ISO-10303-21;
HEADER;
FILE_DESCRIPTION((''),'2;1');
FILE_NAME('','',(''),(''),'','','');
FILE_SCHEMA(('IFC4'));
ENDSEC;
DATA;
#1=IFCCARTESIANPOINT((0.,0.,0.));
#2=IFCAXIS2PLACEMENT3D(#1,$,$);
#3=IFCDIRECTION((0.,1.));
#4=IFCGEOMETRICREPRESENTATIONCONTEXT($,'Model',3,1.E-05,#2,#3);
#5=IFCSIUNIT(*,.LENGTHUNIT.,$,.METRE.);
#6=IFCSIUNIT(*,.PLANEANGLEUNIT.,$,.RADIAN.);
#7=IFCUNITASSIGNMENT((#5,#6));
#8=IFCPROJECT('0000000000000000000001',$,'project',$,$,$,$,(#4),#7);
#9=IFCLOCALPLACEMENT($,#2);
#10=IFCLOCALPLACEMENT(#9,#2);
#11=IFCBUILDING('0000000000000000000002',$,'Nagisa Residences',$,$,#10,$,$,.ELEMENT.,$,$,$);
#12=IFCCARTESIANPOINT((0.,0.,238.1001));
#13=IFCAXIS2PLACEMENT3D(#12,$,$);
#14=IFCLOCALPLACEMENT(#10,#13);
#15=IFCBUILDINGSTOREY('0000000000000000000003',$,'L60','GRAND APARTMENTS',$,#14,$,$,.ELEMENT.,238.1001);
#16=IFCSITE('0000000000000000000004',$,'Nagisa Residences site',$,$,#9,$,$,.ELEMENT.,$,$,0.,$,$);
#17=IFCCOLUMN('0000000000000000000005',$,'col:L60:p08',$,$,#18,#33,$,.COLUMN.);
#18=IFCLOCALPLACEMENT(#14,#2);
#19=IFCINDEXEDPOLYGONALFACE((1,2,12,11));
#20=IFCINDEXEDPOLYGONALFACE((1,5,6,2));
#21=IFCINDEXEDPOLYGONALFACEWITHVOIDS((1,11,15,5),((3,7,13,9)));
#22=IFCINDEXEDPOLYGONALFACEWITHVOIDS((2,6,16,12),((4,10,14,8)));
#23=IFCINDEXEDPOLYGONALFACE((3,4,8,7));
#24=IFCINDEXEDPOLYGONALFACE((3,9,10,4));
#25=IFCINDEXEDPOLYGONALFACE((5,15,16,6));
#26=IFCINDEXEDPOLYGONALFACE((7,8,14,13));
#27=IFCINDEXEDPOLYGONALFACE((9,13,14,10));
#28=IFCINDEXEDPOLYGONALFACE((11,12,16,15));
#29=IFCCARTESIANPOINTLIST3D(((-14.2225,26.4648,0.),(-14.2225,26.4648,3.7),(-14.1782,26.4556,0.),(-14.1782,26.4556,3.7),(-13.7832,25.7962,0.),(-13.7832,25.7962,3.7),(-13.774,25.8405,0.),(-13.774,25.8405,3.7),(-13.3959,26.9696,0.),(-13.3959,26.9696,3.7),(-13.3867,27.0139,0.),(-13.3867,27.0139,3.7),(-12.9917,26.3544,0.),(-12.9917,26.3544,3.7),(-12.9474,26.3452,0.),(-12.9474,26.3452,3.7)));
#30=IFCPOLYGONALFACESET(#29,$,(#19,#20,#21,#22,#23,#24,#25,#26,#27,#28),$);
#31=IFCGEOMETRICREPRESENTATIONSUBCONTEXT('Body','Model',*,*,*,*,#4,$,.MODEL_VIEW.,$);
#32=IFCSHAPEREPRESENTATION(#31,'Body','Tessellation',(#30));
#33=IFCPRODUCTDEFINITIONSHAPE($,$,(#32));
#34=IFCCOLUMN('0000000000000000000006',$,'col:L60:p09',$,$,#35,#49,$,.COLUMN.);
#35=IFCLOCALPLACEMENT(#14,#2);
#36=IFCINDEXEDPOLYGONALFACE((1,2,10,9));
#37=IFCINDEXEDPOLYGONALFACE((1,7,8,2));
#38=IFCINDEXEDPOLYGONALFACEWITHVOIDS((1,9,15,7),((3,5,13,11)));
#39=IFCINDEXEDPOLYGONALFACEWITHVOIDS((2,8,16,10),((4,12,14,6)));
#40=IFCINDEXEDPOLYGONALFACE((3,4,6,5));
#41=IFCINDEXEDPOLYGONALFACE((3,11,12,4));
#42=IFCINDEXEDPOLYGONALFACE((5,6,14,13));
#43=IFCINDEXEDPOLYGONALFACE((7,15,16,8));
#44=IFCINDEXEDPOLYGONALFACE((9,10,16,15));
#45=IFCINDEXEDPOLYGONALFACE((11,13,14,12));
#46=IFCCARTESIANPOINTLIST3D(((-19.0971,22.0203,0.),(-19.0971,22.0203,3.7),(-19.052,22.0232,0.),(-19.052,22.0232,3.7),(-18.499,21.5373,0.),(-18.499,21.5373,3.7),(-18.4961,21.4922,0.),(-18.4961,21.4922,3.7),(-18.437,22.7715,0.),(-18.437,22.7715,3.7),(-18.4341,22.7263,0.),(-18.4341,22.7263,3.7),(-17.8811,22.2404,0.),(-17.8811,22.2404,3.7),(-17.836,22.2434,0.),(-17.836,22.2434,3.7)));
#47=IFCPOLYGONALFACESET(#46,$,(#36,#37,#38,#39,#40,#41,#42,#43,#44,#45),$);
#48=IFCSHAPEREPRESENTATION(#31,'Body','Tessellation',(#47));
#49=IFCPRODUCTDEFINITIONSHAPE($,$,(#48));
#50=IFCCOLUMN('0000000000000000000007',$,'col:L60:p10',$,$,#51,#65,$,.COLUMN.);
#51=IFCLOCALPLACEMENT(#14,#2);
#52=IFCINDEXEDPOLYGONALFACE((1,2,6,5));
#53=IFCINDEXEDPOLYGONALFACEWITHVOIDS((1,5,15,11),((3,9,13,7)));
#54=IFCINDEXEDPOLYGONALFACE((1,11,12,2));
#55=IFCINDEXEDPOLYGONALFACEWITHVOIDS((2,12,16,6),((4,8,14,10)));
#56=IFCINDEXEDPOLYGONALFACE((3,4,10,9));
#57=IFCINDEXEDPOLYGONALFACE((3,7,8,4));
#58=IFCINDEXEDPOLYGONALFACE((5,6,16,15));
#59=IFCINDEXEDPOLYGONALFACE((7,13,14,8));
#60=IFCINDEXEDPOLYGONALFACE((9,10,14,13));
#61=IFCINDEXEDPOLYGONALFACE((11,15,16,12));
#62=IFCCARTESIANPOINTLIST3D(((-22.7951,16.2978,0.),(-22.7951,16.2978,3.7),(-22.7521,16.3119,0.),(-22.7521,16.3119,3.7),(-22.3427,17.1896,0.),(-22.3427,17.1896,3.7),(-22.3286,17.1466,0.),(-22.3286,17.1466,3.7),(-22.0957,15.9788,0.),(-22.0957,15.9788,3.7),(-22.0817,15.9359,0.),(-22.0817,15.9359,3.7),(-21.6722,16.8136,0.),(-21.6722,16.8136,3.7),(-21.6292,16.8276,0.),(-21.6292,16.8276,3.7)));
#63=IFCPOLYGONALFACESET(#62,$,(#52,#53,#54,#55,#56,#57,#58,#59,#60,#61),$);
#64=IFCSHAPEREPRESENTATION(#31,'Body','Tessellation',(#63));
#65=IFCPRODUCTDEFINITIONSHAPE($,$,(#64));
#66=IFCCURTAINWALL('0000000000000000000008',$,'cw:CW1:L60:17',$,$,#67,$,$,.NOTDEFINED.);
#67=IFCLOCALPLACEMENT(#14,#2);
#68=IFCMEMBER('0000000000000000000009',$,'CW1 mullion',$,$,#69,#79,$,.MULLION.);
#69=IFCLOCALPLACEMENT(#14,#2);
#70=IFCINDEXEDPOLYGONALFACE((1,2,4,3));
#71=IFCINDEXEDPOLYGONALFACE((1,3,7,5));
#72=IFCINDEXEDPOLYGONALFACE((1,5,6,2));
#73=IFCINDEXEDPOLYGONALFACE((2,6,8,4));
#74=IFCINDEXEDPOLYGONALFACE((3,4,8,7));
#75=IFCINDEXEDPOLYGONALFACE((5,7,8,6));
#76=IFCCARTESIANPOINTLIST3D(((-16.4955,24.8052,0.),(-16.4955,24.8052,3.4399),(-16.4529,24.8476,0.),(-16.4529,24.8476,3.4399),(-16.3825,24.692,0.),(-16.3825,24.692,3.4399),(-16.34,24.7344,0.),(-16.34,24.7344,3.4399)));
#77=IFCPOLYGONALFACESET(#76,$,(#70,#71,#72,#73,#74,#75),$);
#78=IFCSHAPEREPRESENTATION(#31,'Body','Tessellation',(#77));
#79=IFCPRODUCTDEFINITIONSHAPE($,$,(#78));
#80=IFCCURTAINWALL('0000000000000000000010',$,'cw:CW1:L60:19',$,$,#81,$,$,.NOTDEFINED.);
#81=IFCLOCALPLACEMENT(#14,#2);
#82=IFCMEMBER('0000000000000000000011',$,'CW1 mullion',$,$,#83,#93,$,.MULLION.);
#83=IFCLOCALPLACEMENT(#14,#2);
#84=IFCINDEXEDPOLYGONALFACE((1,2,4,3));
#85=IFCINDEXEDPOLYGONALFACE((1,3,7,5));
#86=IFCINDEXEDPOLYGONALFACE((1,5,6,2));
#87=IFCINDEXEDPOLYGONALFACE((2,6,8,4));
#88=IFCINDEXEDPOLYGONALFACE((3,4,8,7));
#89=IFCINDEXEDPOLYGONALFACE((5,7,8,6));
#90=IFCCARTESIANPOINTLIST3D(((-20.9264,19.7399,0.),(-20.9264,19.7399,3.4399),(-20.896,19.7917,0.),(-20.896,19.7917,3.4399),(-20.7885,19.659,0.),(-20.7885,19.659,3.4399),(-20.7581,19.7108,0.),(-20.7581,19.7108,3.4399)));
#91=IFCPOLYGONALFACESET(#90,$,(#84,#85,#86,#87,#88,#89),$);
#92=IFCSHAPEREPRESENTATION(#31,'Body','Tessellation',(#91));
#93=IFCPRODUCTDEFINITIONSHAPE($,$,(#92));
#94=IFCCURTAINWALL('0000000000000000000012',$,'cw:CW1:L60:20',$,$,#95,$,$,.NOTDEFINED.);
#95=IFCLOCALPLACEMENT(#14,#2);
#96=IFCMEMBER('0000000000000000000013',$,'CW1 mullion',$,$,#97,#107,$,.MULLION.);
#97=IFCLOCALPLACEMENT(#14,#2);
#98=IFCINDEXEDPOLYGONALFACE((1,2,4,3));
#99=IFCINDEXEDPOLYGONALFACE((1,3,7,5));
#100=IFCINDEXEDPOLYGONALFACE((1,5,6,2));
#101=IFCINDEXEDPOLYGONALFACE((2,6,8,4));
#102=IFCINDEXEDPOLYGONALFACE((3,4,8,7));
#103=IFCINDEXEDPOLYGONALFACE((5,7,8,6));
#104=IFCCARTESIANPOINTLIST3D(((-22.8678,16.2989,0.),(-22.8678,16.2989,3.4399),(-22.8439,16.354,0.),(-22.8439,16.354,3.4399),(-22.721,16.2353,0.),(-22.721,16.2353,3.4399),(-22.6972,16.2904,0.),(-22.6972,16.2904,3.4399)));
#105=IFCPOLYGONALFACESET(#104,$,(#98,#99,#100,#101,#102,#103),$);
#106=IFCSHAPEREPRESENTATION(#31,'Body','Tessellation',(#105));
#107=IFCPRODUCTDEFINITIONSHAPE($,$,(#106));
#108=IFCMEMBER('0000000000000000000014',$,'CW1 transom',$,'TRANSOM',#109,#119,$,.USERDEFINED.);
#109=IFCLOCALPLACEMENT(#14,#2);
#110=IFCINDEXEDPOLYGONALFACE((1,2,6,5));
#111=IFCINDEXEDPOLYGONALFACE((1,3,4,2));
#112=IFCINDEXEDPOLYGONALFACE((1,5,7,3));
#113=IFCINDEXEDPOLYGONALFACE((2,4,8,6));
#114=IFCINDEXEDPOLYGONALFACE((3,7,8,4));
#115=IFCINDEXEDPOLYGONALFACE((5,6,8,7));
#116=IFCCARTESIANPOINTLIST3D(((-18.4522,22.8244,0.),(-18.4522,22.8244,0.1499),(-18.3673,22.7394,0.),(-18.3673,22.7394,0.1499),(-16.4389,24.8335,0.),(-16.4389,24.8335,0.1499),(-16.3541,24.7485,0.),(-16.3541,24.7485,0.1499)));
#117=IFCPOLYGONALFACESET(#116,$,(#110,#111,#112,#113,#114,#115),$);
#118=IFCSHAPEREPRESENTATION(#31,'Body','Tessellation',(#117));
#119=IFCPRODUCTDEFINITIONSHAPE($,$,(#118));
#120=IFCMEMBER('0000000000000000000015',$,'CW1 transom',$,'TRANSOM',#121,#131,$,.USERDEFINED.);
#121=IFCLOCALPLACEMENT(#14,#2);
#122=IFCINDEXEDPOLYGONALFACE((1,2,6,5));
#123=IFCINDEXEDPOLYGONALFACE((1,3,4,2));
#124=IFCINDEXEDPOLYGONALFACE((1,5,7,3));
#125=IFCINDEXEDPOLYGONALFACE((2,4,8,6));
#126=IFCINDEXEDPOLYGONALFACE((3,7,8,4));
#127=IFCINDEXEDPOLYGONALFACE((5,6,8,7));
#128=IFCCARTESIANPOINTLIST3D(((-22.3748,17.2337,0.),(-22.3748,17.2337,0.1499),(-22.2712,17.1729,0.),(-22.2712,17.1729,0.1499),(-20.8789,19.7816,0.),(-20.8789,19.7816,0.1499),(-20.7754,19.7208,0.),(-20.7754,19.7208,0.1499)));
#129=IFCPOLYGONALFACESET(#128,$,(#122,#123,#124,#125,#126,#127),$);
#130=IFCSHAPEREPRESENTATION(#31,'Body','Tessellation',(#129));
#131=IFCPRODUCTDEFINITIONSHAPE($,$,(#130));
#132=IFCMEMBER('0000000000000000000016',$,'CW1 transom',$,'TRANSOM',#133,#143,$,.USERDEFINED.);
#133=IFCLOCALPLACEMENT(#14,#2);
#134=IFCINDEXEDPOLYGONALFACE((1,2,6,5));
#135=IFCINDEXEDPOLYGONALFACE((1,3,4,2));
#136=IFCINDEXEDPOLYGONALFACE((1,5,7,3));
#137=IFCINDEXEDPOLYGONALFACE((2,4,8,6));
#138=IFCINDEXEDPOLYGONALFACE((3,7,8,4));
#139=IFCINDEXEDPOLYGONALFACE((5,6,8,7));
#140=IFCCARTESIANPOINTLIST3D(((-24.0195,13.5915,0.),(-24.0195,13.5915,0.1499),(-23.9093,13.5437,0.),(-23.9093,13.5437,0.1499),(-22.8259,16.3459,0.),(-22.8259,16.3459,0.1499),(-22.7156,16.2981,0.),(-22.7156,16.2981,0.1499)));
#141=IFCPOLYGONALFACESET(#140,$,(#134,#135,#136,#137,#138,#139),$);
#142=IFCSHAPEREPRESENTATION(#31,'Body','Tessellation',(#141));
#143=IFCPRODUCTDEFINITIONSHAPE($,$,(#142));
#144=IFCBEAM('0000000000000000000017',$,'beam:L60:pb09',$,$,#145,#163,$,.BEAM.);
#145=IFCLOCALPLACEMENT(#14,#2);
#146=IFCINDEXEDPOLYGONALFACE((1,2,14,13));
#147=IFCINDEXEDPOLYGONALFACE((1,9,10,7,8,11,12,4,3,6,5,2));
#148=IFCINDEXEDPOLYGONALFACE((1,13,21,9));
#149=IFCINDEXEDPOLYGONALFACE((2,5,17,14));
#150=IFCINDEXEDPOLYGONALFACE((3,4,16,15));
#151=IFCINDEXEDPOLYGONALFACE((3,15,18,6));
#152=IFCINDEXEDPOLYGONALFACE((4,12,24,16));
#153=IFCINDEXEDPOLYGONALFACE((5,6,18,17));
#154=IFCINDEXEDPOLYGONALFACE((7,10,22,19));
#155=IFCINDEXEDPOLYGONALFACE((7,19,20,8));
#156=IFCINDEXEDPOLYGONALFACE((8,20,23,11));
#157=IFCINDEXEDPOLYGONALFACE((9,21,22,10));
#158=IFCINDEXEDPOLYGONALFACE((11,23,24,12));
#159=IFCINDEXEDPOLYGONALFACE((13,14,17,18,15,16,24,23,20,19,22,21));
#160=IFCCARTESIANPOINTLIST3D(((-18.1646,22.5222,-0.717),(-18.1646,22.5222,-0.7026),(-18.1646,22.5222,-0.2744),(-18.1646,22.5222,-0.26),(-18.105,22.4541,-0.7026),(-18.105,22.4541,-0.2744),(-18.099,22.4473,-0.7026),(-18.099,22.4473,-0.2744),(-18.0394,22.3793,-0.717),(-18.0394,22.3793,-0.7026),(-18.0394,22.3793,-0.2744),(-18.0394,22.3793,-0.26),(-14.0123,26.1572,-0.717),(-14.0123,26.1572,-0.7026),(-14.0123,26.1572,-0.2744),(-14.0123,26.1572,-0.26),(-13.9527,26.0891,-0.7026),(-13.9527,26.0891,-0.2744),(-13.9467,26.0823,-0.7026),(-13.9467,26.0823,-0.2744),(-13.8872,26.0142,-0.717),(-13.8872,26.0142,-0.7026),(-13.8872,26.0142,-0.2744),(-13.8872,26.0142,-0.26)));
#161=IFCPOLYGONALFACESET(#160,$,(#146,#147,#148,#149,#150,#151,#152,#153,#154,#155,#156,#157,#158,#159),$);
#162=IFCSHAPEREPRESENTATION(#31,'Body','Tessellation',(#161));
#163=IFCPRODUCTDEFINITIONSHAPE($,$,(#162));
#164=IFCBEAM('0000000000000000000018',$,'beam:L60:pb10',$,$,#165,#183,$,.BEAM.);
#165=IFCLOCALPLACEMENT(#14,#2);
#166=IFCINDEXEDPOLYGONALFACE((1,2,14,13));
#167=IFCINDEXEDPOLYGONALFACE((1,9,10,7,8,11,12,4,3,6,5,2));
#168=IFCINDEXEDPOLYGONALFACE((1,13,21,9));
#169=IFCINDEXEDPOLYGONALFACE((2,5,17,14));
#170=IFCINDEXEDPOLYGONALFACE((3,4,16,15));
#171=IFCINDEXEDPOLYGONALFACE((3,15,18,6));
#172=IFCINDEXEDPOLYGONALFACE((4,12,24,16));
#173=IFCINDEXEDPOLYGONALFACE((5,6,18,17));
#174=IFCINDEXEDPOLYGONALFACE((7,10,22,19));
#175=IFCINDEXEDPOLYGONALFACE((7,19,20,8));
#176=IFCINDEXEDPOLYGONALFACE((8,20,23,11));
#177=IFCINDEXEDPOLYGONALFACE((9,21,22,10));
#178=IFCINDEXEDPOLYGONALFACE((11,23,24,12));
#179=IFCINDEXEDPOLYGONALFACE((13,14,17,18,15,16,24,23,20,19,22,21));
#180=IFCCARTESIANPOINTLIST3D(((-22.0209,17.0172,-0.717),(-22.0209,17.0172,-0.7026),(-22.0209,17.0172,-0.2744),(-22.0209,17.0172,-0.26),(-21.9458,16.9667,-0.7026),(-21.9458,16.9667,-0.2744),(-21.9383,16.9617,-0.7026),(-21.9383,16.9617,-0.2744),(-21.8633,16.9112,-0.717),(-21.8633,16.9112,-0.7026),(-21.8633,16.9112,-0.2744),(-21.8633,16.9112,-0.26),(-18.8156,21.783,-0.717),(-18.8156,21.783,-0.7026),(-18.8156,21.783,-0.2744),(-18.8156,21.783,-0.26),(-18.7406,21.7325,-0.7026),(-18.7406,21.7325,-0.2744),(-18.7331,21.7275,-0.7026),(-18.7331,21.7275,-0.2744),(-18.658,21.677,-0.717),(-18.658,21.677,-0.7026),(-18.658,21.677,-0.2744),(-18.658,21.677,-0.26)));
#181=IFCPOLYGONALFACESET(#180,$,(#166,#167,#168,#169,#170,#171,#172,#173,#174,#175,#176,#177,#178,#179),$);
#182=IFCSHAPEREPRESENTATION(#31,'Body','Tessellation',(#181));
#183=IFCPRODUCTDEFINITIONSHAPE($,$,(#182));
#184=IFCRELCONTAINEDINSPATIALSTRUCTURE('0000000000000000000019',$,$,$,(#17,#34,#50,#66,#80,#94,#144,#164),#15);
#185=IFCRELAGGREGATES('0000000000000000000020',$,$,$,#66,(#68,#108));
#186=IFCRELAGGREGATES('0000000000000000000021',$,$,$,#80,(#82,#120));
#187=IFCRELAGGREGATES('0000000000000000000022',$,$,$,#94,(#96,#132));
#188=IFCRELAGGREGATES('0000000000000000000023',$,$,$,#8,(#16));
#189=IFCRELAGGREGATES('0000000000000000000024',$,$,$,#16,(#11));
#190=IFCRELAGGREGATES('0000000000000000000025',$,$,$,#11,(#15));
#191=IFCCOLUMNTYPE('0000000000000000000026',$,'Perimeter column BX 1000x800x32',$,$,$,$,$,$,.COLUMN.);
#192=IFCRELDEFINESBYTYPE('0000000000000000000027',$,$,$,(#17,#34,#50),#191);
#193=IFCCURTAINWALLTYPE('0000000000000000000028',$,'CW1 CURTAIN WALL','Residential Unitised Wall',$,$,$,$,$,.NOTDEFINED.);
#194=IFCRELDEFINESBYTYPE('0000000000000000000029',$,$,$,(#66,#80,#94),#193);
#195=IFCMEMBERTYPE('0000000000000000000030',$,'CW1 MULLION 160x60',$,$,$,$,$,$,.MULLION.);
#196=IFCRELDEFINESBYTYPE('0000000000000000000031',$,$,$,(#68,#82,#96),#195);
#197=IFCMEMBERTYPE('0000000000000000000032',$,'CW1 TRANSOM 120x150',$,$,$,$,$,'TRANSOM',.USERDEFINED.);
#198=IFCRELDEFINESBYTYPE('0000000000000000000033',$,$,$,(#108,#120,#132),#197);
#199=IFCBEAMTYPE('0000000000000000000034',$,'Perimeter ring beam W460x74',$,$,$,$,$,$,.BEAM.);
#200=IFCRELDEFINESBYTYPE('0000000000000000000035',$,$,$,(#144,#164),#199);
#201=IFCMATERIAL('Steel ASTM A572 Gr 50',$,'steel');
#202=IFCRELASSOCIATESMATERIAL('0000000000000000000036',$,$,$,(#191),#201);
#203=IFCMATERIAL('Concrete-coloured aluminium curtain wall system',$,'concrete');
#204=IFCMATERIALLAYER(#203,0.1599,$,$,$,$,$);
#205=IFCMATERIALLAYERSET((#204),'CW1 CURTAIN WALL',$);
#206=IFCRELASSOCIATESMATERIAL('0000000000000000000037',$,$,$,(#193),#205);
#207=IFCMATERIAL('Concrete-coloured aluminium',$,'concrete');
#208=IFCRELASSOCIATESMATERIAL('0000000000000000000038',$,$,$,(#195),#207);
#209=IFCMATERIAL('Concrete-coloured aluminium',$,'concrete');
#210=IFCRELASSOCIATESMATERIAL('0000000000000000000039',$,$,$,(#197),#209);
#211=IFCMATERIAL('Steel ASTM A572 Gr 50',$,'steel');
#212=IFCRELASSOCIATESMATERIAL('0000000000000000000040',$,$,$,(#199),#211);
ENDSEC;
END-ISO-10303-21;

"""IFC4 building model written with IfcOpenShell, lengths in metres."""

from ifc_helpers import new_model, si_unit, direction, frame, origin, origin_2d, place, context, subcontext, project, spatial, rectangle, hollow_rectangle, i_section, extrude, material, layer, layer_set, material_profile, profile_set, type_object, element, aggregate, save


model = new_model("IFC4")

# Units and contexts
model_context = context("Model", 3, precision=1e-05, world=origin(), true_north=direction((0.0, 1.0)))
body_context = subcontext(model_context, "Body", "Model", "MODEL_VIEW")
ifc_project = project(units=[si_unit("LENGTHUNIT", "METRE"), si_unit("PLANEANGLEUNIT", "RADIAN")], contexts=[model_context])

# Site, building, storey
site_placement = place(None, origin())
site = spatial("IfcSite", under=ifc_project, at=site_placement, Name="Nagisa Residences site", CompositionType="ELEMENT", RefElevation=0.0)
building_placement = place(site_placement, origin())
building = spatial("IfcBuilding", under=site, at=building_placement, Name="Nagisa Residences", CompositionType="ELEMENT")
storey_placement = place(building_placement, frame((0.0, 0.0, 238.1001)))
storey = spatial("IfcBuildingStorey", under=building, at=storey_placement, Name="L60", Description="GRAND APARTMENTS", CompositionType="ELEMENT", Elevation=238.1001)

# Columns
ifc_material_1 = material(Name="Steel ASTM A572 Gr 50", Category="steel")
ifc_material_profile_1 = material_profile(ifc_material_1, hollow_rectangle(XDim=1.0, YDim=0.8, WallThickness=0.032, at=origin_2d()), Name="BX 1000x800x32")
ifc_profile_set_1 = profile_set([ifc_material_profile_1], Name="Steel ASTM A572 Gr 50")
column_type = type_object("IfcColumnType", Name="Perimeter column BX 1000x800x32", PredefinedType="COLUMN", material=ifc_profile_set_1)
for number, where, z_axis, x_axis, name in (
    (1, (-13.585, 26.405, 0.0), (0.0, 0.0, 1.0), (-0.835766, -0.549086, 0.0), "col:L60:p08"),
    (2, (-18.4666, 22.1318, 0.0), (0.0, 0.0, 1.0), (-0.660115, -0.751165, 0.0), "col:L60:p09"),
    (3, (-22.2122, 16.5627, 0.0), (0.0, 0.0, 1.0), (-0.452463, -0.891783, 0.0), "col:L60:p10"),
):
    element("IfcColumn", number, at=place(storey_placement, frame(where, z_axis=z_axis, x_axis=x_axis)), inside=storey, type_object=column_type, Name=name, PredefinedType="COLUMN", context=body_context, shape_type="SweptSolid", body=[
        extrude(hollow_rectangle(XDim=1.0, YDim=0.8, WallThickness=0.032, at=origin_2d()), origin(), (0.0, 0.0, 1.0), 3.7),
    ])

# Curtain walls, members
ifc_material_2 = material(Name="Concrete-coloured aluminium curtain wall system", Category="concrete")
ifc_layer_1 = layer(ifc_material_2, 0.1599)
ifc_layer_set_1 = layer_set([ifc_layer_1], Name="CW1 CURTAIN WALL")
curtain_wall_type = type_object("IfcCurtainWallType", Name="CW1 CURTAIN WALL", Description="Residential Unitised Wall", PredefinedType="NOTDEFINED", material=ifc_layer_set_1)
curtain_wall_1_placement = place(storey_placement, origin())
curtain_wall_1 = element("IfcCurtainWall", 4, at=curtain_wall_1_placement, inside=storey, type_object=curtain_wall_type, Name="cw:CW1:L60:17", PredefinedType="NOTDEFINED")
ifc_material_3 = material(Name="Concrete-coloured aluminium", Category="concrete")
ifc_material_profile_2 = material_profile(ifc_material_3, rectangle(XDim=0.1599, YDim=0.0601, at=origin_2d()), Name="CW1 MULLION 160x60")
ifc_profile_set_2 = profile_set([ifc_material_profile_2], Name="Concrete-coloured aluminium")
member_type_1 = type_object("IfcMemberType", Name="CW1 MULLION 160x60", PredefinedType="MULLION", material=ifc_profile_set_2)
member_1_placement = place(storey_placement, frame((-16.4177, 24.7698, 0.0), z_axis=(0.0, 0.0, 1.0), x_axis=(0.706377, -0.707836, 0.0)))
member_1 = element("IfcMember", 5, at=member_1_placement, type_object=member_type_1, Name="CW1 mullion", PredefinedType="MULLION", context=body_context, shape_type="SweptSolid", body=[
    extrude(rectangle(XDim=0.1599, YDim=0.0601, at=origin_2d()), origin(), (0.0, 0.0, 1.0), 3.4399),
])
curtain_wall_2_placement = place(storey_placement, origin())
curtain_wall_2 = element("IfcCurtainWall", 6, at=curtain_wall_2_placement, inside=storey, type_object=curtain_wall_type, Name="cw:CW1:L60:19", PredefinedType="NOTDEFINED")
member_2_placement = place(storey_placement, frame((-20.8423, 19.7253, 0.0), z_axis=(0.0, 0.0, 1.0), x_axis=(0.862329, -0.506349, 0.0)))
member_2 = element("IfcMember", 7, at=member_2_placement, type_object=member_type_1, Name="CW1 mullion", PredefinedType="MULLION", context=body_context, shape_type="SweptSolid", body=[
    extrude(rectangle(XDim=0.1599, YDim=0.0601, at=origin_2d()), origin(), (0.0, 0.0, 1.0), 3.4399),
])
curtain_wall_3_placement = place(storey_placement, origin())
curtain_wall_3 = element("IfcCurtainWall", 8, at=curtain_wall_3_placement, inside=storey, type_object=curtain_wall_type, Name="cw:CW1:L60:20", PredefinedType="NOTDEFINED")
member_3_placement = place(storey_placement, frame((-22.7825, 16.2947, 0.0), z_axis=(0.0, 0.0, 1.0), x_axis=(0.917543, -0.397636, 0.0)))
member_3 = element("IfcMember", 9, at=member_3_placement, type_object=member_type_1, Name="CW1 mullion", PredefinedType="MULLION", context=body_context, shape_type="SweptSolid", body=[
    extrude(rectangle(XDim=0.1599, YDim=0.0601, at=origin_2d()), origin(), (0.0, 0.0, 1.0), 3.4399),
])

# Members
ifc_material_4 = material(Name="Concrete-coloured aluminium", Category="concrete")
ifc_material_profile_3 = material_profile(ifc_material_4, rectangle(XDim=0.1201, YDim=0.1499, at=origin_2d()), Name="CW1 TRANSOM 120x150")
ifc_profile_set_3 = profile_set([ifc_material_profile_3], Name="Concrete-coloured aluminium")
member_type_2 = type_object("IfcMemberType", Name="CW1 TRANSOM 120x150", ElementType="TRANSOM", PredefinedType="USERDEFINED", material=ifc_profile_set_3)
member_4_placement = place(storey_placement, frame((-16.3965, 24.791, 0.075), z_axis=(-0.707836, -0.706377, 0.0), x_axis=(0.706377, -0.707836, 0.0)))
member_4 = element("IfcMember", 10, at=member_4_placement, type_object=member_type_2, Name="CW1 transom", ObjectType="TRANSOM", PredefinedType="USERDEFINED", context=body_context, shape_type="SweptSolid", body=[
    extrude(rectangle(XDim=0.1201, YDim=0.1499, at=origin_2d()), origin(), (0.0, 0.0, 1.0), 2.8442),
])
member_5_placement = place(storey_placement, frame((-20.8271, 19.7512, 0.075), z_axis=(-0.506294, -0.862361, 0.0), x_axis=(0.862361, -0.506294, 0.0)))
member_5 = element("IfcMember", 11, at=member_5_placement, type_object=member_type_2, Name="CW1 transom", ObjectType="TRANSOM", PredefinedType="USERDEFINED", context=body_context, shape_type="SweptSolid", body=[
    extrude(rectangle(XDim=0.1201, YDim=0.1499, at=origin_2d()), origin(), (0.0, 0.0, 1.0), 2.9546),
])
member_6_placement = place(storey_placement, frame((-22.7708, 16.322, 0.075), z_axis=(-0.397617, -0.917552, 0.0), x_axis=(0.917552, -0.397617, 0.0)))
member_6 = element("IfcMember", 12, at=member_6_placement, type_object=member_type_2, Name="CW1 transom", ObjectType="TRANSOM", PredefinedType="USERDEFINED", context=body_context, shape_type="SweptSolid", body=[
    extrude(rectangle(XDim=0.1201, YDim=0.1499, at=origin_2d()), origin(), (0.0, 0.0, 1.0), 3.002),
])

# Beams
ifc_material_5 = material(Name="Steel ASTM A572 Gr 50", Category="steel")
ifc_material_profile_4 = material_profile(ifc_material_5, i_section(OverallWidth=0.1899, OverallDepth=0.457, WebThickness=0.009, FlangeThickness=0.0144, at=origin_2d()), Name="W460x74")
ifc_profile_set_4 = profile_set([ifc_material_profile_4], Name="Steel ASTM A572 Gr 50")
beam_type_1 = type_object("IfcBeamType", Name="Perimeter ring beam W460x74", PredefinedType="BEAM", material=ifc_profile_set_4)
beam_1_placement = place(storey_placement, frame((-13.9497, 26.0857, -0.4885), z_axis=(-0.752423, -0.65868, 0.0), x_axis=(0.65868, -0.752423, 0.0)))
element("IfcBeam", 13, at=beam_1_placement, inside=storey, type_object=beam_type_1, Name="beam:L60:pb09", PredefinedType="BEAM", context=body_context, shape_type="SweptSolid", body=[
    extrude(i_section(OverallWidth=0.1899, OverallDepth=0.457, WebThickness=0.009, FlangeThickness=0.0144, at=origin_2d()), origin(), (0.0, 0.0, 1.0), 5.5186),
])
beam_2_placement = place(storey_placement, frame((-18.7368, 21.73, -0.4885), z_axis=(-0.55808, -0.829787, 0.0), x_axis=(0.829787, -0.55808, 0.0)))
element("IfcBeam", 14, at=beam_2_placement, inside=storey, type_object=beam_type_1, Name="beam:L60:pb10", PredefinedType="BEAM", context=body_context, shape_type="SweptSolid", body=[
    extrude(i_section(OverallWidth=0.1899, OverallDepth=0.457, WebThickness=0.009, FlangeThickness=0.0144, at=origin_2d()), origin(), (0.0, 0.0, 1.0), 5.7434),
])

aggregate(curtain_wall_1, [member_1, member_4])
aggregate(curtain_wall_2, [member_2, member_5])
aggregate(curtain_wall_3, [member_3, member_6])

save(model, "model.ifc")
